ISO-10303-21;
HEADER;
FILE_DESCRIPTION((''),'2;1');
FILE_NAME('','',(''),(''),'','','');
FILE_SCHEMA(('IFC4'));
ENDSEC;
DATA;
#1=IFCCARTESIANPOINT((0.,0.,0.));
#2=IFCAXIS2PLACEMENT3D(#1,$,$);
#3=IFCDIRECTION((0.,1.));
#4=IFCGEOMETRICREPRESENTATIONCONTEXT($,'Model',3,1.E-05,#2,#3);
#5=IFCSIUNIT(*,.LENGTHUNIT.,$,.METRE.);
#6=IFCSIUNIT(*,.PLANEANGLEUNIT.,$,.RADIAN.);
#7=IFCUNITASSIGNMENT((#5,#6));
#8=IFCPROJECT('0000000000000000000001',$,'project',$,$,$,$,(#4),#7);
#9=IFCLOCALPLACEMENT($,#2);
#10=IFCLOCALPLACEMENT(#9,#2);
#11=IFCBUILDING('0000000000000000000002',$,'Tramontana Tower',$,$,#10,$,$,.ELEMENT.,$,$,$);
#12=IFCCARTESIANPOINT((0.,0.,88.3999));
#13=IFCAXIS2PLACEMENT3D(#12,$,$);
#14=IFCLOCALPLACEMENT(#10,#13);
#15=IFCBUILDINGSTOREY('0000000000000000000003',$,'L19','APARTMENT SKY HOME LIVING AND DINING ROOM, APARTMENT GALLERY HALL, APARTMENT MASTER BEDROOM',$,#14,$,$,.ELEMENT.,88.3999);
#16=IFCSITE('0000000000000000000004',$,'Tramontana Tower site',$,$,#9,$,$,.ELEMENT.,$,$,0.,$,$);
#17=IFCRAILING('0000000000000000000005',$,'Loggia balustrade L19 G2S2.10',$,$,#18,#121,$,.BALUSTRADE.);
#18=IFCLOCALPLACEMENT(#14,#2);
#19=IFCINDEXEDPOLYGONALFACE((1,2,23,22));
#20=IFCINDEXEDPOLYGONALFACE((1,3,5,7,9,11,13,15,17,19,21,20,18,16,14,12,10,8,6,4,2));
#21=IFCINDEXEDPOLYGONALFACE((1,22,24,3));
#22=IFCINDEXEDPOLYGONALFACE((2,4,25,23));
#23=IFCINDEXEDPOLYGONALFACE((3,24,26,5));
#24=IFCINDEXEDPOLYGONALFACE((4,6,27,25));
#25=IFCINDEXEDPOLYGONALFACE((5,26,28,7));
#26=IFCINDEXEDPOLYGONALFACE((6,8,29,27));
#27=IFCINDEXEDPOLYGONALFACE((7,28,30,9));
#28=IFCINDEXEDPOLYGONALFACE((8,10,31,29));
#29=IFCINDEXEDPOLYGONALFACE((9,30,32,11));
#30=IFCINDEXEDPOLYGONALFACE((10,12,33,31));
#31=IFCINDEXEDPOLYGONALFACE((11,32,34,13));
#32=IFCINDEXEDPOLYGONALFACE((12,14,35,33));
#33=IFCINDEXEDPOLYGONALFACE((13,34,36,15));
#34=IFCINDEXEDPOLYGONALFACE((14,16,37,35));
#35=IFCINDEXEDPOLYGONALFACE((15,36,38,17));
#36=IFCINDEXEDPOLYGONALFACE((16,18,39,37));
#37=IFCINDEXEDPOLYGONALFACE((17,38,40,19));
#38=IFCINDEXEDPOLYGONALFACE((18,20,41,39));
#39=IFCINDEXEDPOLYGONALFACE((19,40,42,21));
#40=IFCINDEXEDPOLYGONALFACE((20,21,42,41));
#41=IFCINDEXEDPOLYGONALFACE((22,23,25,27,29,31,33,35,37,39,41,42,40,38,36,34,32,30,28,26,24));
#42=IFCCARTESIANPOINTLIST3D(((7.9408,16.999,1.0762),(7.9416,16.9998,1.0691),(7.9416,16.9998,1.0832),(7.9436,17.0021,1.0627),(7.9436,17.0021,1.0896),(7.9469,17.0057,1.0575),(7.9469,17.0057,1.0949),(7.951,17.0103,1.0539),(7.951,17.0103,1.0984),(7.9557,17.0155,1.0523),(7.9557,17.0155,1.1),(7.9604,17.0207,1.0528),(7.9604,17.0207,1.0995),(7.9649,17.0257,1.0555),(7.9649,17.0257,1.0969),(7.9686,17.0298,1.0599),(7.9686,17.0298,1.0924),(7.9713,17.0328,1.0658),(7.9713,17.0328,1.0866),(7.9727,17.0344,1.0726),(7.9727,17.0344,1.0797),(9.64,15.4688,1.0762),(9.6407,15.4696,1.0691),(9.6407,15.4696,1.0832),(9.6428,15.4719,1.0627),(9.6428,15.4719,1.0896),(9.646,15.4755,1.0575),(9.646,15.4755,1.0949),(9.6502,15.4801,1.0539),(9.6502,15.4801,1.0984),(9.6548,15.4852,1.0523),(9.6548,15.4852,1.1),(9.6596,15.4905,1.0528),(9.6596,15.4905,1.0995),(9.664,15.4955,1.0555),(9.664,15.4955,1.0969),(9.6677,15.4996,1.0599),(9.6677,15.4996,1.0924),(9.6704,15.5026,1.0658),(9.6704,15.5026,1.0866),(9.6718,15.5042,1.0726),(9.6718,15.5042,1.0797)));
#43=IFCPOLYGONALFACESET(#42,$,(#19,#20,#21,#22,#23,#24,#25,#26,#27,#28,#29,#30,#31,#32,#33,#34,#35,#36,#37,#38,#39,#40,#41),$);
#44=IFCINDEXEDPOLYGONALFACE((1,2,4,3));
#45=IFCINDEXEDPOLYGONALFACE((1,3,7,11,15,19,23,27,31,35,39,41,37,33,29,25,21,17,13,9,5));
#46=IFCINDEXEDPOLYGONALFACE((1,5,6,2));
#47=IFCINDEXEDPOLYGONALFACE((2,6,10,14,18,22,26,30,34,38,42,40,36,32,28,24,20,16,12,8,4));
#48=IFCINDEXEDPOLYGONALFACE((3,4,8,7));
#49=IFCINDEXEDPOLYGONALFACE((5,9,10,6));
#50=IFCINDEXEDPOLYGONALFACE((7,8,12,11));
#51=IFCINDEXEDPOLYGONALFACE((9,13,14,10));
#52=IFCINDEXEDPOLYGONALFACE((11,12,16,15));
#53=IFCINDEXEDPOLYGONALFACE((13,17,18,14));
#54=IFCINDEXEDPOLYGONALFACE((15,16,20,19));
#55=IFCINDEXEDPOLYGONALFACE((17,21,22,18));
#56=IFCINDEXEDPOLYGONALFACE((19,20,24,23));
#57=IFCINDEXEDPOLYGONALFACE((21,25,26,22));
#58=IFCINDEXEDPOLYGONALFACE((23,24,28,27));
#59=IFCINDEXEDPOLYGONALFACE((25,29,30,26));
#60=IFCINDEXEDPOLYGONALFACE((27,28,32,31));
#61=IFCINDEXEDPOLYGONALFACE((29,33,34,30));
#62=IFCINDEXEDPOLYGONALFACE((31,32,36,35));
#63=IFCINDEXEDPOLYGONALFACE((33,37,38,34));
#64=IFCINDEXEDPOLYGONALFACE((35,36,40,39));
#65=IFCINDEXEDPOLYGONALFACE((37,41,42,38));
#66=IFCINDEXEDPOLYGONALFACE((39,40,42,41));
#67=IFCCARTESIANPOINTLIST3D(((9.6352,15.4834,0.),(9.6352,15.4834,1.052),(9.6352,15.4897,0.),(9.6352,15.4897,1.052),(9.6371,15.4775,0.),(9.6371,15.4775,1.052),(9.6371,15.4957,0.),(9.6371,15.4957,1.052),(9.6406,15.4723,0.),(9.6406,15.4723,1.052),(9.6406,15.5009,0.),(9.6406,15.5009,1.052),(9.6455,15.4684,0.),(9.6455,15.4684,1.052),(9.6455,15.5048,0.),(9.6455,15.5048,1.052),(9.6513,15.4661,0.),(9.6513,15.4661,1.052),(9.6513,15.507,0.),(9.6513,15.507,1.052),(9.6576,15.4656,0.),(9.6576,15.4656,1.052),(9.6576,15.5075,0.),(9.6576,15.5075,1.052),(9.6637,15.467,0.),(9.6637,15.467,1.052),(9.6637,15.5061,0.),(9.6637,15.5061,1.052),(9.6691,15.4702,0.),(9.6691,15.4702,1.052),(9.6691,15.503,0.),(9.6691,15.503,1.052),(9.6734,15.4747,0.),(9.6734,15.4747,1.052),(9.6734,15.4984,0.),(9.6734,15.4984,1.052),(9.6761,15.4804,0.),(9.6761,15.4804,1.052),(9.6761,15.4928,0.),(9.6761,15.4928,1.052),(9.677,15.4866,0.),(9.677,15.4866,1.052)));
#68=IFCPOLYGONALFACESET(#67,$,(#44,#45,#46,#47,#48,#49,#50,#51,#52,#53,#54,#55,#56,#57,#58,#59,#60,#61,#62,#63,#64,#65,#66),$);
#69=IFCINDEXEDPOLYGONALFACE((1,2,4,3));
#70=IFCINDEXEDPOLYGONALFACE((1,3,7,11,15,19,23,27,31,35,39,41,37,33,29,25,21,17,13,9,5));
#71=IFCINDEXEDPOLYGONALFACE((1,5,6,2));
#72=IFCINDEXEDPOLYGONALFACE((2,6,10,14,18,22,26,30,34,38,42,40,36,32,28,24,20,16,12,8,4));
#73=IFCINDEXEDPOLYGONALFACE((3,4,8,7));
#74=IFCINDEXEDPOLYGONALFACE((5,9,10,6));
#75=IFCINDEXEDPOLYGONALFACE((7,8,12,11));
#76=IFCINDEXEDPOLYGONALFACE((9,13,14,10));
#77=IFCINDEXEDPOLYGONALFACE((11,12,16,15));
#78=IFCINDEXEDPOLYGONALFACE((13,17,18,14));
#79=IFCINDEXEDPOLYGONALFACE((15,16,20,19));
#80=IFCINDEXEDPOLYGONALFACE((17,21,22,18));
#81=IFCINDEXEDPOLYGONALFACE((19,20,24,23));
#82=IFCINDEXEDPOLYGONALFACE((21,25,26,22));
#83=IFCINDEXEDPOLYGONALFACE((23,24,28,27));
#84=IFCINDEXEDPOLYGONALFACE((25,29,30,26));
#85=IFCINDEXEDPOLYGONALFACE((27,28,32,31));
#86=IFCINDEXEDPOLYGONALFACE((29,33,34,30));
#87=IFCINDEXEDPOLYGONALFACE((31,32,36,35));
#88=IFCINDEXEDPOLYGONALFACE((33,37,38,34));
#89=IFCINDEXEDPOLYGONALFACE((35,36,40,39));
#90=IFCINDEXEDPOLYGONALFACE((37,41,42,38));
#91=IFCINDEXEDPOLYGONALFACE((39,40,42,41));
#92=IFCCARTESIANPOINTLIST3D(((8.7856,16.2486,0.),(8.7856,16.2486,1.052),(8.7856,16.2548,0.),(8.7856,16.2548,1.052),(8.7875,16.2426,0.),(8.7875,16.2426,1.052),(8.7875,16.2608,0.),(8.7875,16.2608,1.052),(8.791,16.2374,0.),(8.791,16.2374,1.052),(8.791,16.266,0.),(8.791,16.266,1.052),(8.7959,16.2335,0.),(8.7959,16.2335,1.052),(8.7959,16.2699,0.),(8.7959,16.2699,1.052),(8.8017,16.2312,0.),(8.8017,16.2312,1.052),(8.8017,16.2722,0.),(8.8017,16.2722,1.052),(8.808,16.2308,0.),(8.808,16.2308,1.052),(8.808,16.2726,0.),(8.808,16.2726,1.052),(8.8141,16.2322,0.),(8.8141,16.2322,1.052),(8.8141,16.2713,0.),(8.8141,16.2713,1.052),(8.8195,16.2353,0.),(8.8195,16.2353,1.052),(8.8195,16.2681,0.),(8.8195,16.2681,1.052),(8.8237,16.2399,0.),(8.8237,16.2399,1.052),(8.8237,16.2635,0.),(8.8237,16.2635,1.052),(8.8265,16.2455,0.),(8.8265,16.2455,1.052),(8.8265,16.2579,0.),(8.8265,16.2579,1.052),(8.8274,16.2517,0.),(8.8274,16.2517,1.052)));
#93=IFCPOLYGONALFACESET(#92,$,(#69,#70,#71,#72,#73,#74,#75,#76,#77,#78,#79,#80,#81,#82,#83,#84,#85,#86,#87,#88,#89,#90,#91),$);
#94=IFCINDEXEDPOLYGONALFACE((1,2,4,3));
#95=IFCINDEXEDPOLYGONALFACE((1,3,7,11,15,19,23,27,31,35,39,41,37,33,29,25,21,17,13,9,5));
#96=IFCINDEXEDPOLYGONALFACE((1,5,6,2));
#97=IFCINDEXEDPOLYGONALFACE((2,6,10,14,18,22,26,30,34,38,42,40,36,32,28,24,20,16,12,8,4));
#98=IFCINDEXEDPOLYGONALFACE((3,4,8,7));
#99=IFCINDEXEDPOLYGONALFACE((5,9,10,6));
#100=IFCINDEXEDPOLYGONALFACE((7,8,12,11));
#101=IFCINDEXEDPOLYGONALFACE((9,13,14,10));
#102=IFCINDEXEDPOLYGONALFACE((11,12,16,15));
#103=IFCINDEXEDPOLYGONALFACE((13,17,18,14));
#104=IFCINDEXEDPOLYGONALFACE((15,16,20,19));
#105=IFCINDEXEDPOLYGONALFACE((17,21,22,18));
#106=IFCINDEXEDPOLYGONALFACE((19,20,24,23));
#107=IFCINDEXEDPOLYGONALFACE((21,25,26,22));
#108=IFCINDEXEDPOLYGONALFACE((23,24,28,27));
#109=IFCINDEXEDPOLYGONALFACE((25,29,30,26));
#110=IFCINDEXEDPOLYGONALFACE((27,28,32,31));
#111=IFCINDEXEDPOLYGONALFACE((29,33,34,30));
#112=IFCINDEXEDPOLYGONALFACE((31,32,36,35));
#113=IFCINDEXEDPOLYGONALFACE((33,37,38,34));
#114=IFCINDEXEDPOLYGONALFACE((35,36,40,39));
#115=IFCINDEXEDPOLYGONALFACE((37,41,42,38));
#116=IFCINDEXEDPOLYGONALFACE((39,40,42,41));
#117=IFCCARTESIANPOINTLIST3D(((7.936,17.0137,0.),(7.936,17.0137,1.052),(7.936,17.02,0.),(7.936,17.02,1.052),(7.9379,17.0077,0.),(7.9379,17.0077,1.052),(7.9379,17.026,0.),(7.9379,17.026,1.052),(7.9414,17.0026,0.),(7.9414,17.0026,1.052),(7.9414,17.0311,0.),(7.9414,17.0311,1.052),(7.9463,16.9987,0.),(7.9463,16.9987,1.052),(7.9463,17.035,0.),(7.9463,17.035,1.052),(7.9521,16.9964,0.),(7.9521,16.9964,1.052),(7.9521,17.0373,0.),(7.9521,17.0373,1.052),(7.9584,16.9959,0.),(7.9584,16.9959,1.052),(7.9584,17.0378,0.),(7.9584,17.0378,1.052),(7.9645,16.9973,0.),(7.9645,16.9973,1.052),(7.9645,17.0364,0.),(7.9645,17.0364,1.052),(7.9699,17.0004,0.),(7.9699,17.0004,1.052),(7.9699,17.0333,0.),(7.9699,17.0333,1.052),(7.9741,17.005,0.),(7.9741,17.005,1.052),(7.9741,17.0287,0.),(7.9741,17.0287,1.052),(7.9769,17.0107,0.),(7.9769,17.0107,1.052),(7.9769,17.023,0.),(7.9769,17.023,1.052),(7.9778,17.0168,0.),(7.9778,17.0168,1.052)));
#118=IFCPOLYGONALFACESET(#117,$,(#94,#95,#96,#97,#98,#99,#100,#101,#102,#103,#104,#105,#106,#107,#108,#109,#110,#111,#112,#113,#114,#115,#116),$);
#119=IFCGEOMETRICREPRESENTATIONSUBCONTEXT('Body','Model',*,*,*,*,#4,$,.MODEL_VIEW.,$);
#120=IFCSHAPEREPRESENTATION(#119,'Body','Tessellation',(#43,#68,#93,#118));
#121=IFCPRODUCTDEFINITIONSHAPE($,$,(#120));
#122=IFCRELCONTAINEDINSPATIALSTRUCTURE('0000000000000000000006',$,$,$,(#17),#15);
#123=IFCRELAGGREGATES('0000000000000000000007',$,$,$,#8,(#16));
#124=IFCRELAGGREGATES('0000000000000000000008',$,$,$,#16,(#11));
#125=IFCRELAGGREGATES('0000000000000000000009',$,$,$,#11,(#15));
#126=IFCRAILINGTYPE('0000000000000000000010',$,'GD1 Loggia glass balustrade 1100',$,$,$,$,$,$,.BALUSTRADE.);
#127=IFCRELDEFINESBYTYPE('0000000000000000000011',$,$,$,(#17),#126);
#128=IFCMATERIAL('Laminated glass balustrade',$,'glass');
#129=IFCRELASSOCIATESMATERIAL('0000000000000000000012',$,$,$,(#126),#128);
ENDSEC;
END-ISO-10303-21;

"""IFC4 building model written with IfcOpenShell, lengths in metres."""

from ifc_helpers import new_model, si_unit, direction, frame, origin, origin_2d, place, context, subcontext, project, spatial, circle, extrude, material, type_object, element, save


model = new_model("IFC4")

# Units and contexts
model_context = context("Model", 3, precision=1e-05, world=origin(), true_north=direction((0.0, 1.0)))
body_context = subcontext(model_context, "Body", "Model", "MODEL_VIEW")
ifc_project = project(units=[si_unit("LENGTHUNIT", "METRE"), si_unit("PLANEANGLEUNIT", "RADIAN")], contexts=[model_context])

# Site, building, storey
site_placement = place(None, origin())
site = spatial("IfcSite", under=ifc_project, at=site_placement, Name="Tramontana Tower site", CompositionType="ELEMENT", RefElevation=0.0)
building_placement = place(site_placement, origin())
building = spatial("IfcBuilding", under=site, at=building_placement, Name="Tramontana Tower", CompositionType="ELEMENT")
storey_placement = place(building_placement, frame((0.0, 0.0, 88.3999)))
storey = spatial("IfcBuildingStorey", under=building, at=storey_placement, Name="L19", Description="APARTMENT SKY HOME LIVING AND DINING ROOM, APARTMENT GALLERY HALL, APARTMENT MASTER BEDROOM", CompositionType="ELEMENT", Elevation=88.3999)

# Railing
ifc_material_1 = material(Name="Laminated glass balustrade", Category="glass")
railing_type = type_object("IfcRailingType", Name="GD1 Loggia glass balustrade 1100", PredefinedType="BALUSTRADE", material=ifc_material_1)
railing_1_placement = place(storey_placement, frame((9.656, 15.4866, 0.0)))
element("IfcRailing", 1, at=railing_1_placement, inside=storey, type_object=railing_type, Name="Loggia balustrade L19 G2S2.10", PredefinedType="BALUSTRADE", context=body_context, shape_type="SweptSolid", body=[
    extrude(circle(Radius=0.0239, at=origin_2d()), frame((0.0, 0.0, 1.0762), z_axis=(-0.743082, 0.669201, 0.0), x_axis=(-0.669201, -0.743082, 0.0)), (0.0, 0.0, 1.0), 2.2866),
    extrude(circle(Radius=0.021, at=origin_2d()), origin(), (0.0, 0.0, 1.0), 1.052),
    extrude(circle(Radius=0.021, at=origin_2d()), frame((-0.8496, 0.7651, 0.0)), (0.0, 0.0, 1.0), 1.052),
    extrude(circle(Radius=0.021, at=origin_2d()), frame((-1.6992, 1.5303, 0.0)), (0.0, 0.0, 1.0), 1.052),
])

save(model, "model.ifc")
